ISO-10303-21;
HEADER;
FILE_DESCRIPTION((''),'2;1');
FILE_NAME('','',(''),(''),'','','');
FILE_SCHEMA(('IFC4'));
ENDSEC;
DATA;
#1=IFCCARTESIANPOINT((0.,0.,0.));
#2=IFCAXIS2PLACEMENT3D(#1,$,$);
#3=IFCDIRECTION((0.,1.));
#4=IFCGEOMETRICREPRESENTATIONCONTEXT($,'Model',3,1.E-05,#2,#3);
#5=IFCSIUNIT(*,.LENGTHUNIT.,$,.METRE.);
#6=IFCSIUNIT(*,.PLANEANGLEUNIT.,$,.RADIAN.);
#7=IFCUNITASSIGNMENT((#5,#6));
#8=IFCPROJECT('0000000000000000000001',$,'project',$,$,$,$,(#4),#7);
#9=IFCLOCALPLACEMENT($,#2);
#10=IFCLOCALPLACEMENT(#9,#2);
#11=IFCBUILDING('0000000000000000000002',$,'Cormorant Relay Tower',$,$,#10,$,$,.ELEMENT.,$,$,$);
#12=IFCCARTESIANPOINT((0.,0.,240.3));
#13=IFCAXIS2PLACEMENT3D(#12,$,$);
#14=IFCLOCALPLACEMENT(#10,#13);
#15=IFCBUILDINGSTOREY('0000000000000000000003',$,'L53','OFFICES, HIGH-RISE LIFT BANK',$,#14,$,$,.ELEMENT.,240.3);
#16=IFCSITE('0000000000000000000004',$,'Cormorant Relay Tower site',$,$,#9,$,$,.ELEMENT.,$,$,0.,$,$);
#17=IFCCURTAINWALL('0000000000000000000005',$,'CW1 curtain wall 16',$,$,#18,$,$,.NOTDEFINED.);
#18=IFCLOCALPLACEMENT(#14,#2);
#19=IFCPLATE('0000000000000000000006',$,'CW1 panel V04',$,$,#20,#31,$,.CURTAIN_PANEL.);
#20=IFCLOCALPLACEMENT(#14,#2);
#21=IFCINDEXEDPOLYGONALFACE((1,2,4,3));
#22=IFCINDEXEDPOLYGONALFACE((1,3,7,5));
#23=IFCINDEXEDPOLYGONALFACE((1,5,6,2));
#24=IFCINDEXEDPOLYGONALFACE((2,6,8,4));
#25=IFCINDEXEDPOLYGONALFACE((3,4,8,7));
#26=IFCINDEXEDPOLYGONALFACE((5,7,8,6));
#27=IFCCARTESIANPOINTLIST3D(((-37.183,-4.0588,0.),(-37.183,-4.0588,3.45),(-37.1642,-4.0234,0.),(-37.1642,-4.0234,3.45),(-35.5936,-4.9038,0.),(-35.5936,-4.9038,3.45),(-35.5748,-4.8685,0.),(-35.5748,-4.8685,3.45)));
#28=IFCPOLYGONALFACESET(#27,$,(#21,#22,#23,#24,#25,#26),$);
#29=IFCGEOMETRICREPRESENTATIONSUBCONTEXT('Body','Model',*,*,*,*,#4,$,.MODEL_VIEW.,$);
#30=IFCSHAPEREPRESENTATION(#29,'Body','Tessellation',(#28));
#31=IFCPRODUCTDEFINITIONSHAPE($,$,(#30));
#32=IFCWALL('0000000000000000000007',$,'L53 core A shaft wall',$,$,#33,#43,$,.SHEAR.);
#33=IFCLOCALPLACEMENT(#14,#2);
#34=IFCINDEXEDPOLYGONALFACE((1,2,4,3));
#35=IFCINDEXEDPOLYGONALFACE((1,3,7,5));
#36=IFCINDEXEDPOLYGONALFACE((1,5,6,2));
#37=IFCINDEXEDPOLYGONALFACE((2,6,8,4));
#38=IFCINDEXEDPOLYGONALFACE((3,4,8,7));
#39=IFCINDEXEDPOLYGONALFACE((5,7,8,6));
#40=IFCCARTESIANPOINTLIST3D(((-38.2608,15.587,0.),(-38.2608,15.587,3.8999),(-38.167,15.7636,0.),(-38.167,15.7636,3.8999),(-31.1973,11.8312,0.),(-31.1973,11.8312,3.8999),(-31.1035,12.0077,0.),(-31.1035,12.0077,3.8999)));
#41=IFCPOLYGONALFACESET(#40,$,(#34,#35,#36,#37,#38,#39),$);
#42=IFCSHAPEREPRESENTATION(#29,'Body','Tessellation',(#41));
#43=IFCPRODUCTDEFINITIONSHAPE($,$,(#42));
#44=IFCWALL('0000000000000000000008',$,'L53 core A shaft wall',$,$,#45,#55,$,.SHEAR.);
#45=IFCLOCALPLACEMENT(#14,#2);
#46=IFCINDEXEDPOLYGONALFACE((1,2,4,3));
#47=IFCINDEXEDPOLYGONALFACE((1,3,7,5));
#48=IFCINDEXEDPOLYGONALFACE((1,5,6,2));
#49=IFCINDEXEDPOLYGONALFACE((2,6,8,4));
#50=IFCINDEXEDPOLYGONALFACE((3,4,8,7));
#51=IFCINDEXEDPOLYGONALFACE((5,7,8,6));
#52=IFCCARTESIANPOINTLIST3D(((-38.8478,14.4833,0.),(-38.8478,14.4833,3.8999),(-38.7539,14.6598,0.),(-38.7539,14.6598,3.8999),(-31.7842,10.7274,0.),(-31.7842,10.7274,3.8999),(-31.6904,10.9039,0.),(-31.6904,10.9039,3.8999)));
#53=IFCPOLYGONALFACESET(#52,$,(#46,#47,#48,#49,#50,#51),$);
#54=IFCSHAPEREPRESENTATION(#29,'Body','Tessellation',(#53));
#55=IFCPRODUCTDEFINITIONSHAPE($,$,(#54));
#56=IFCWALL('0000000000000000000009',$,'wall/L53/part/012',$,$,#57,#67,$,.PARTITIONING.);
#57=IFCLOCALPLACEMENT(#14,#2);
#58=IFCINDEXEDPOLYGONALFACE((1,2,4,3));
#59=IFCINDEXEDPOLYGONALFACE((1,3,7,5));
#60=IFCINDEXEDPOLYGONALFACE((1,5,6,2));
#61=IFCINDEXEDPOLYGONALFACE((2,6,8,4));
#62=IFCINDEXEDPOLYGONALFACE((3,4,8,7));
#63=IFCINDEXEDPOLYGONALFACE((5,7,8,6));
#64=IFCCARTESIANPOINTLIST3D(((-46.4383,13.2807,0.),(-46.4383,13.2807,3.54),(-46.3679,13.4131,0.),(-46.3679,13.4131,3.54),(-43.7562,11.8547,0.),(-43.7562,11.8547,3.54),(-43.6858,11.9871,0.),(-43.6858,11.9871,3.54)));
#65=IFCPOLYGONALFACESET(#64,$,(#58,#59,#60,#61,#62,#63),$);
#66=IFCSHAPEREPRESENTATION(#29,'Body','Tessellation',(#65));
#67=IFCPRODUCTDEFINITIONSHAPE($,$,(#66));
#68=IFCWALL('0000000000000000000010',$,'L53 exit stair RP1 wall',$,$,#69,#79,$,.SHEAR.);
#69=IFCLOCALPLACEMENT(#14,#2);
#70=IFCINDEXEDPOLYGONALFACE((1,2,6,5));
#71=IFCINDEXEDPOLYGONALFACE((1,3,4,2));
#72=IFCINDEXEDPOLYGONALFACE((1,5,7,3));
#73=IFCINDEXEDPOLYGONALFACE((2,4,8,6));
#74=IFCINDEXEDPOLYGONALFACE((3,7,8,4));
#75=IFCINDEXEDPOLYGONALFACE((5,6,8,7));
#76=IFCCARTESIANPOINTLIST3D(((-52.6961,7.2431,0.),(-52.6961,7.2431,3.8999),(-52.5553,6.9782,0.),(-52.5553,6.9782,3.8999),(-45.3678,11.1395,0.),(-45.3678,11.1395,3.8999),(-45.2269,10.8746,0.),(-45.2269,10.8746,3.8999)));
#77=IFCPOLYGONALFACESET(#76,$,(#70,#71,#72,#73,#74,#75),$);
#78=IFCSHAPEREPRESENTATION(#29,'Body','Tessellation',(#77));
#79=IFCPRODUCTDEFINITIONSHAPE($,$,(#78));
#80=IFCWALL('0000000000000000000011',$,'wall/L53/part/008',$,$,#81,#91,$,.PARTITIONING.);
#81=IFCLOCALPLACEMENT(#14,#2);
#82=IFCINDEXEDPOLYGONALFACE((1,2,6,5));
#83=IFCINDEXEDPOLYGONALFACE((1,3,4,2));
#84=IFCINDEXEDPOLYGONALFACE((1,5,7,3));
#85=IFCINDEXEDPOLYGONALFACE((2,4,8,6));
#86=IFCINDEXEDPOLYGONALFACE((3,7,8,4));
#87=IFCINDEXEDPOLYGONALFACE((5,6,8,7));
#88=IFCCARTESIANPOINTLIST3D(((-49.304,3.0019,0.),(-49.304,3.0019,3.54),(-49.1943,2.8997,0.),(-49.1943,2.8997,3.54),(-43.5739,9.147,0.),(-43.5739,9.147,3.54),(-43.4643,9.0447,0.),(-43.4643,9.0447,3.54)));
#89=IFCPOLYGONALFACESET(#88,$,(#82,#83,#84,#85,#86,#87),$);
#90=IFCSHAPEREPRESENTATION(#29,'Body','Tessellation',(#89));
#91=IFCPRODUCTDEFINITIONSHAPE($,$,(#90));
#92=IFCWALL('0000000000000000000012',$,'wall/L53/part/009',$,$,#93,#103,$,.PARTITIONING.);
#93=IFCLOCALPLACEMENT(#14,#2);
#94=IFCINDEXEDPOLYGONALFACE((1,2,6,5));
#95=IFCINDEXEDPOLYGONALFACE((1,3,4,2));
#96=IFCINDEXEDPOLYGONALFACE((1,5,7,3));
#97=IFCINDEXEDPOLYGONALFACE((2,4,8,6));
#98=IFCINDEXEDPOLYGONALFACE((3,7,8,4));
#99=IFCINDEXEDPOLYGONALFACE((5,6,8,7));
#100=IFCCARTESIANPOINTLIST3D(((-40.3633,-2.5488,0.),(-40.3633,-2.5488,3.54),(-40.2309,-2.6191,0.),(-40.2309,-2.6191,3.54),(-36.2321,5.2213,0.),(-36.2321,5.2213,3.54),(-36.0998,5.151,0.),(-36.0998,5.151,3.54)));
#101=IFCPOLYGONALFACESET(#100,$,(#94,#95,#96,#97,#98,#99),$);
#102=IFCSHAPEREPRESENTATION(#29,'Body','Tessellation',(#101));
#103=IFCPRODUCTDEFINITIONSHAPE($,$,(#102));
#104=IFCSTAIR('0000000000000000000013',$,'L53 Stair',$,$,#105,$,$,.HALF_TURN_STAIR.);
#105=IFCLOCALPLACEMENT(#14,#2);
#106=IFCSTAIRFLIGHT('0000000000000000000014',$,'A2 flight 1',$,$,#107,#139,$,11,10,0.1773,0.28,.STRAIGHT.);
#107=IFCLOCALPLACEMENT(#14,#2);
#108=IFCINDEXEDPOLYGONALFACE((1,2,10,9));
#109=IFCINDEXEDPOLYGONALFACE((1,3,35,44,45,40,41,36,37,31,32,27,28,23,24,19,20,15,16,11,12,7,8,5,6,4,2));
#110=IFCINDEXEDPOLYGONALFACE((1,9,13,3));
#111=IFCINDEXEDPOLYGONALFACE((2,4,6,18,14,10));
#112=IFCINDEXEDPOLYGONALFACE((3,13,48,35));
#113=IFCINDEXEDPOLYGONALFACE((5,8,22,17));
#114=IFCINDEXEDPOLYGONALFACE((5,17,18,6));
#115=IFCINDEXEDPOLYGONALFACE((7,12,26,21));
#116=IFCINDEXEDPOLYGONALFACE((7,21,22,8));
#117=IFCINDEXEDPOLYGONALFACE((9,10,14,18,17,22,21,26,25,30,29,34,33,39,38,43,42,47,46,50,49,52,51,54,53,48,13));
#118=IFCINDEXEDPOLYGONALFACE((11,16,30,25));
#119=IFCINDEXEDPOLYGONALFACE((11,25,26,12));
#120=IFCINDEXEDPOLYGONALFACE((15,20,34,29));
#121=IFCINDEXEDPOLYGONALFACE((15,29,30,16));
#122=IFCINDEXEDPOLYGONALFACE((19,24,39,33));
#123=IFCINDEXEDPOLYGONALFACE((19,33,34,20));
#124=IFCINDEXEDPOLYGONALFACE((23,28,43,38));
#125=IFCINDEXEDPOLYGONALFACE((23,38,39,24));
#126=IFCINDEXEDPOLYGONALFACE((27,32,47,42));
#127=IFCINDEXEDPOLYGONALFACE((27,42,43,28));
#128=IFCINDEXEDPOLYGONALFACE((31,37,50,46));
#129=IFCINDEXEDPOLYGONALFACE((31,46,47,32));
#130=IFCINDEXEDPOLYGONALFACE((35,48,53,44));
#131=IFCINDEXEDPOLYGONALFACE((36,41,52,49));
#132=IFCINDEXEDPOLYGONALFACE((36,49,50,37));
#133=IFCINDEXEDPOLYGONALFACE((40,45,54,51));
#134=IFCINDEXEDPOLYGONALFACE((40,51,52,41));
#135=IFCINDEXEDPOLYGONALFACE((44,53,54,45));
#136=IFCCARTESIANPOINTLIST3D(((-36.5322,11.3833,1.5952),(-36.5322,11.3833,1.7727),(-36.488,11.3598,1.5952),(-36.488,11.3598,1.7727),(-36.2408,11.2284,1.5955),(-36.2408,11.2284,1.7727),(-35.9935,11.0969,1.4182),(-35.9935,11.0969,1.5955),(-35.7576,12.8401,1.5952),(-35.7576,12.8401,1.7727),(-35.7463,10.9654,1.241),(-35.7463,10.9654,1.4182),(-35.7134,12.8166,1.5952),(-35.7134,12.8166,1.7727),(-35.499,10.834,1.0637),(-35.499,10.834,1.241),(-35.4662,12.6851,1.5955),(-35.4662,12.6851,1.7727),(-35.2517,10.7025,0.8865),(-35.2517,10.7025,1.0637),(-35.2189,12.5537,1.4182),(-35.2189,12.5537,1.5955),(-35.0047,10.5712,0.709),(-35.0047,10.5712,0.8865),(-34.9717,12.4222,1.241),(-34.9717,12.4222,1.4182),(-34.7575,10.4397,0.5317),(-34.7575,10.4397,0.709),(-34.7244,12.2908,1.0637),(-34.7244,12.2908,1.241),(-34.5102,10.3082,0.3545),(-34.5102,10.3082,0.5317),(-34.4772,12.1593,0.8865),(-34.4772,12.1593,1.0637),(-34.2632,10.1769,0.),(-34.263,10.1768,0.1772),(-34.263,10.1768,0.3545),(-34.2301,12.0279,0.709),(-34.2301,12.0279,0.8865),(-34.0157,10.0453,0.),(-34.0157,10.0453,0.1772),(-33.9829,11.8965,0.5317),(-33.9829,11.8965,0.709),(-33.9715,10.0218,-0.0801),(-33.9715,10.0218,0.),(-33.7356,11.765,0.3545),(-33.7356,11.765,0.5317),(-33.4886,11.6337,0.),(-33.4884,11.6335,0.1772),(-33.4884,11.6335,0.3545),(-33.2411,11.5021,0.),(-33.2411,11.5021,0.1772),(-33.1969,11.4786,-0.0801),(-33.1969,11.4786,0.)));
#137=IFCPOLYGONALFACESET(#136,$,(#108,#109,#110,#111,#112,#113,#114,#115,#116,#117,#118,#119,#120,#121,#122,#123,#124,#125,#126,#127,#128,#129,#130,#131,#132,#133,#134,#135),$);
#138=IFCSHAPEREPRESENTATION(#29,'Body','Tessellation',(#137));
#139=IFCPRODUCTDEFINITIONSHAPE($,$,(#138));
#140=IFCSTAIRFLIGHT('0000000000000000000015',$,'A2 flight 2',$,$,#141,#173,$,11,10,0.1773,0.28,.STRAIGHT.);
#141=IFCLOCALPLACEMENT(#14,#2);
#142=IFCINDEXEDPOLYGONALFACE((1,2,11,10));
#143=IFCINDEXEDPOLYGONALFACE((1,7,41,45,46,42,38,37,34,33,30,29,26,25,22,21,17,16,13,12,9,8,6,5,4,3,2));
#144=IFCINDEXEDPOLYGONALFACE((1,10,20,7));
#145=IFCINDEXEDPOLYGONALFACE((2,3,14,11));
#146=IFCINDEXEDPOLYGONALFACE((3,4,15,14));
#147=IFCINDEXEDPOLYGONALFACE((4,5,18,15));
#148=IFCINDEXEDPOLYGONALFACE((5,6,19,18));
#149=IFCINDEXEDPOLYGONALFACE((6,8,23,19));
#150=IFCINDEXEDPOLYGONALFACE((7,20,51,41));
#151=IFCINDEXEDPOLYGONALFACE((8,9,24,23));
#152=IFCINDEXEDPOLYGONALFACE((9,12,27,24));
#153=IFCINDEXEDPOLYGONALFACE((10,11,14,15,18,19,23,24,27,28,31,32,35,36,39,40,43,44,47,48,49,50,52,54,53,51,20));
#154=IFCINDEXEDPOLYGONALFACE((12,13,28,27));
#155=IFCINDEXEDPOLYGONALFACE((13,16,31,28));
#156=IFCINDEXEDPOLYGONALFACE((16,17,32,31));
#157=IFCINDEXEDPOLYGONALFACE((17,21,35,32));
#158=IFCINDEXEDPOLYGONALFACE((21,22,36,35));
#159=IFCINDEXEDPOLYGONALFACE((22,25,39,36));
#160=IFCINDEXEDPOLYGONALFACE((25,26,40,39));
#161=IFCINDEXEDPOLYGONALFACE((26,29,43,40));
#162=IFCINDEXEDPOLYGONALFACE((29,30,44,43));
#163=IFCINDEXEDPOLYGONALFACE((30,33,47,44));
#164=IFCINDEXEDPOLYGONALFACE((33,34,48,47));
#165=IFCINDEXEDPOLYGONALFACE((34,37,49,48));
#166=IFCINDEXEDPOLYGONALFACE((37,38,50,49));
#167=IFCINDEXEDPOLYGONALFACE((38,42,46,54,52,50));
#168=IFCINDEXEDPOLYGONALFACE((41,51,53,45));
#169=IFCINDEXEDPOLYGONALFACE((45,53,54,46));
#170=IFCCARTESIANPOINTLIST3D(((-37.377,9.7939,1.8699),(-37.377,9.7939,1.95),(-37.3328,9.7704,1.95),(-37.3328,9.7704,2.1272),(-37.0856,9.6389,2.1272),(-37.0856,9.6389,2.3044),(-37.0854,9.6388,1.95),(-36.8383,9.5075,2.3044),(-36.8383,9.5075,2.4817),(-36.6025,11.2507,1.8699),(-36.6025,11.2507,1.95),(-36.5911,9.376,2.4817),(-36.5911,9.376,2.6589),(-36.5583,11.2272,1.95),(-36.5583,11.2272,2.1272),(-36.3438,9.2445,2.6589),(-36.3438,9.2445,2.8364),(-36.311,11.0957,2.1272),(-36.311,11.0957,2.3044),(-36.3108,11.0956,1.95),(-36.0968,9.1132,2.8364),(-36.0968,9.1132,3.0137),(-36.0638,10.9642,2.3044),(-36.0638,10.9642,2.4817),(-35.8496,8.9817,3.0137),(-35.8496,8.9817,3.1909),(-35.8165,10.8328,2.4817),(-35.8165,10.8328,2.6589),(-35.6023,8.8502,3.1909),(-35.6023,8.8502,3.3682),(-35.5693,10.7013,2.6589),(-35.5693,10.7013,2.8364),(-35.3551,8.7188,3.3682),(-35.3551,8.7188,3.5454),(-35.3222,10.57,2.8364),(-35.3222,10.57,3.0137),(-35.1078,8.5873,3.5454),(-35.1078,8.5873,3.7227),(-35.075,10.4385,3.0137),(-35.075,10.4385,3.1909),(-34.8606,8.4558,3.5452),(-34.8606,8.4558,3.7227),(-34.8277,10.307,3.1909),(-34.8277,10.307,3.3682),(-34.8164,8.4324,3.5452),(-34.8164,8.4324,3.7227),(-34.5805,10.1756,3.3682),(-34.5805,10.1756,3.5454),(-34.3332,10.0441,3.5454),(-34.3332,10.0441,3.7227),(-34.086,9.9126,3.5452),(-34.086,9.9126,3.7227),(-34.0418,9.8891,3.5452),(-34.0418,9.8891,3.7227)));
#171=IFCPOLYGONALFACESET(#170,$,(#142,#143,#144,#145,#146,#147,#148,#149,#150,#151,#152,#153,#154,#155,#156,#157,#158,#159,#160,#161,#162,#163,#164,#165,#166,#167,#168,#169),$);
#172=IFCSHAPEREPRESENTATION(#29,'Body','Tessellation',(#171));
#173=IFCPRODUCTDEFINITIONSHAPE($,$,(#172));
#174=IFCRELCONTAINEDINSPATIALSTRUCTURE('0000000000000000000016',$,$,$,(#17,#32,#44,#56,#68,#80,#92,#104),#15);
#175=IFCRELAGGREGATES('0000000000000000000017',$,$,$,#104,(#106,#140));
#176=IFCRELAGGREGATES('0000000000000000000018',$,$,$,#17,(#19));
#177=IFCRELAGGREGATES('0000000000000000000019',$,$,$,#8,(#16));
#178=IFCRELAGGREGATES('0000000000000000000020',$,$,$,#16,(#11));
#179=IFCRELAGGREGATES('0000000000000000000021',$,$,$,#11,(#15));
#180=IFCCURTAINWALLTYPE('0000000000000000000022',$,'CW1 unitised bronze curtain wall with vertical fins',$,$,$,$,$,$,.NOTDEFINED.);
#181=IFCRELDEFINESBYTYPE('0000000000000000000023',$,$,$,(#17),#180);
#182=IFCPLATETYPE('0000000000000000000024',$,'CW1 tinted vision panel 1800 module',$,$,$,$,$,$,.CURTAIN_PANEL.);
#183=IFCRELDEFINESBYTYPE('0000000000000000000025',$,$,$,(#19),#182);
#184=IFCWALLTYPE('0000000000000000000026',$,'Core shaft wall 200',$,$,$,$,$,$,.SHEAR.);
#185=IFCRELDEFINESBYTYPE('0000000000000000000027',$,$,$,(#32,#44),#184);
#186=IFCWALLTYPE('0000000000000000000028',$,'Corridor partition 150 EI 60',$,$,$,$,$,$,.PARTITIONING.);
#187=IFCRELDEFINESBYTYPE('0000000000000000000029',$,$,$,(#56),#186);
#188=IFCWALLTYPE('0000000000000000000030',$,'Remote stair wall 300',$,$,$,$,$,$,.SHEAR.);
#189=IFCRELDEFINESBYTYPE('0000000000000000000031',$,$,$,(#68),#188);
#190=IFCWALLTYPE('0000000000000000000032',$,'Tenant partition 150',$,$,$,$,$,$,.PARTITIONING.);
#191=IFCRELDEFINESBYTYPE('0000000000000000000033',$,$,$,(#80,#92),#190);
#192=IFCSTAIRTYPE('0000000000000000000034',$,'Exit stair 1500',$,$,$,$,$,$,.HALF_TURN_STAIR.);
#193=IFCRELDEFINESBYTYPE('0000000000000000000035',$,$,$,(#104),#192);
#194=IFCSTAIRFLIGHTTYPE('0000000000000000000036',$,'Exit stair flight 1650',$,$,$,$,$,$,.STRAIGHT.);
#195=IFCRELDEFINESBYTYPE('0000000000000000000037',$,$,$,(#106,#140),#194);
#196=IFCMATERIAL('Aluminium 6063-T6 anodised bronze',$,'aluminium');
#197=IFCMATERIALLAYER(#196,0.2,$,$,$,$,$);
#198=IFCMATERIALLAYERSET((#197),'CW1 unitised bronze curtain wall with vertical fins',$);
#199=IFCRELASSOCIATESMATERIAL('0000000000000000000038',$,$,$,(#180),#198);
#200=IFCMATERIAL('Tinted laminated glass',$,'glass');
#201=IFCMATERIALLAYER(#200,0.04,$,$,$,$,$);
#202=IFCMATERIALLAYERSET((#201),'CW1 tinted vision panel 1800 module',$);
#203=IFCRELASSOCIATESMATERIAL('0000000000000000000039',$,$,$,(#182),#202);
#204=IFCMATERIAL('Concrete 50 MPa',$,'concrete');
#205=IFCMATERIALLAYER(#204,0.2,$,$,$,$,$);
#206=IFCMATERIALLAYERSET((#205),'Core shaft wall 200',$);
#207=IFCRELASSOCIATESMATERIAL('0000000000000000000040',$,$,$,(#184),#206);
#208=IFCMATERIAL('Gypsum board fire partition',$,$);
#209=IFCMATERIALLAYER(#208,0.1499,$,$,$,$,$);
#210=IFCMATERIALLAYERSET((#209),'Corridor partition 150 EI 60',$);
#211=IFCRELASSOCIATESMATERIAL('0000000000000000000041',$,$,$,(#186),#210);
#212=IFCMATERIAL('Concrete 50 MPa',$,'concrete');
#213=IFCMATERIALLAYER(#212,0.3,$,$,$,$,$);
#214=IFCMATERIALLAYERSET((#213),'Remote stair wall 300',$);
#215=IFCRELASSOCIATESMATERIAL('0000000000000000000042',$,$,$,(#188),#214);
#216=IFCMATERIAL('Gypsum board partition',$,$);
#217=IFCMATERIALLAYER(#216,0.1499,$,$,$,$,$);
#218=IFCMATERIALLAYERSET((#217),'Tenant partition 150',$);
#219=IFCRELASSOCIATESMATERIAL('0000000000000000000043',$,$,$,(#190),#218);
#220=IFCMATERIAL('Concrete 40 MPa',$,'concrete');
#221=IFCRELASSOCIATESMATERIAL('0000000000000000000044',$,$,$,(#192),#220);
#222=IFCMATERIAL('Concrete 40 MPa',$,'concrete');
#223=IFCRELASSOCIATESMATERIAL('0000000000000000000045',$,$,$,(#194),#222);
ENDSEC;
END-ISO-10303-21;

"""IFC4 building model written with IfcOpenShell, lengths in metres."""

from ifc_helpers import new_model, si_unit, direction, frame, frame_2d, origin, origin_2d, place, context, subcontext, project, spatial, polyline, rectangle, outline, extrude, material, layer, layer_set, type_object, element, aggregate, save


model = new_model("IFC4")

# Units and contexts
model_context = context("Model", 3, precision=1e-05, world=origin(), true_north=direction((0.0, 1.0)))
body_context = subcontext(model_context, "Body", "Model", "MODEL_VIEW")
ifc_project = project(units=[si_unit("LENGTHUNIT", "METRE"), si_unit("PLANEANGLEUNIT", "RADIAN")], contexts=[model_context])

# Site, building, storey
site_placement = place(None, origin())
site = spatial("IfcSite", under=ifc_project, at=site_placement, Name="Cormorant Relay Tower site", CompositionType="ELEMENT", RefElevation=0.0)
building_placement = place(site_placement, origin())
building = spatial("IfcBuilding", under=site, at=building_placement, Name="Cormorant Relay Tower", CompositionType="ELEMENT")
storey_placement = place(building_placement, frame((0.0, 0.0, 240.3)))
storey = spatial("IfcBuildingStorey", under=building, at=storey_placement, Name="L53", Description="OFFICES, HIGH-RISE LIFT BANK", CompositionType="ELEMENT", Elevation=240.3)

# Curtain wall
ifc_material_1 = material(Name="Aluminium 6063-T6 anodised bronze", Category="aluminium")
ifc_layer_1 = layer(ifc_material_1, 0.2)
ifc_layer_set_1 = layer_set([ifc_layer_1], Name="CW1 unitised bronze curtain wall with vertical fins")
curtain_wall_type = type_object("IfcCurtainWallType", Name="CW1 unitised bronze curtain wall with vertical fins", PredefinedType="NOTDEFINED", material=ifc_layer_set_1)
curtain_wall_placement = place(storey_placement, origin())
curtain_wall = element("IfcCurtainWall", 1, at=curtain_wall_placement, inside=storey, type_object=curtain_wall_type, Name="CW1 curtain wall 16", PredefinedType="NOTDEFINED")

# Plate
ifc_material_2 = material(Name="Tinted laminated glass", Category="glass")
ifc_layer_2 = layer(ifc_material_2, 0.04)
ifc_layer_set_2 = layer_set([ifc_layer_2], Name="CW1 tinted vision panel 1800 module")
plate_type = type_object("IfcPlateType", Name="CW1 tinted vision panel 1800 module", PredefinedType="CURTAIN_PANEL", material=ifc_layer_set_2)
plate_1_placement = place(storey_placement, frame((-36.3789, -4.4636, 0.0), z_axis=(0.0, 0.0, 1.0), x_axis=(0.882948, -0.469472, 0.0)))
plate_1 = element("IfcPlate", 2, at=plate_1_placement, type_object=plate_type, Name="CW1 panel V04", PredefinedType="CURTAIN_PANEL", context=body_context, shape_type="SweptSolid", body=[
    extrude(rectangle(XDim=1.8, YDim=0.04, at=origin_2d()), origin(), (0.0, 0.0, 1.0), 3.45),
])

# Walls
ifc_material_3 = material(Name="Concrete 50 MPa", Category="concrete")
ifc_layer_3 = layer(ifc_material_3, 0.2)
ifc_layer_set_3 = layer_set([ifc_layer_3], Name="Core shaft wall 200")
wall_type_1 = type_object("IfcWallType", Name="Core shaft wall 200", PredefinedType="SHEAR", material=ifc_layer_set_3)
for number, where, z_axis, x_axis, name in (
    (3, (-31.1504, 11.9194, 0.0), (0.0, 0.0, 1.0), (-0.88294, 0.469485, 0.0), "L53 core A shaft wall"),
    (4, (-31.7373, 10.8157, 0.0), (0.0, 0.0, 1.0), (-0.88294, 0.469485, 0.0), "L53 core A shaft wall"),
):
    element("IfcWall", number, at=place(storey_placement, frame(where, z_axis=z_axis, x_axis=x_axis)), inside=storey, type_object=wall_type_1, Name=name, PredefinedType="SHEAR", context=body_context, shape_type="SweptSolid", body=[
        extrude(rectangle(XDim=8.0, YDim=0.2, at=frame_2d((4.0, 0.0))), origin(), (0.0, 0.0, 1.0), 3.8999),
    ])
ifc_material_4 = material(Name="Gypsum board fire partition")
ifc_layer_4 = layer(ifc_material_4, 0.1499)
ifc_layer_set_4 = layer_set([ifc_layer_4], Name="Corridor partition 150 EI 60")
wall_type_2 = type_object("IfcWallType", Name="Corridor partition 150 EI 60", PredefinedType="PARTITIONING", material=ifc_layer_set_4)
wall_1_placement = place(storey_placement, frame((-46.4031, 13.3469, 0.0), z_axis=(0.0, 0.0, 1.0), x_axis=(0.88296, -0.469449, 0.0)))
element("IfcWall", 5, at=wall_1_placement, inside=storey, type_object=wall_type_2, Name="wall/L53/part/012", PredefinedType="PARTITIONING", context=body_context, shape_type="SweptSolid", body=[
    extrude(rectangle(XDim=3.0376, YDim=0.1499, at=frame_2d((1.5188, 0.0))), origin(), (0.0, 0.0, 1.0), 3.54),
])
ifc_material_5 = material(Name="Concrete 50 MPa", Category="concrete")
ifc_layer_5 = layer(ifc_material_5, 0.3)
ifc_layer_set_5 = layer_set([ifc_layer_5], Name="Remote stair wall 300")
wall_type_3 = type_object("IfcWallType", Name="Remote stair wall 300", PredefinedType="SHEAR", material=ifc_layer_set_5)
wall_2_placement = place(storey_placement, frame((-45.2974, 11.0071, 0.0), z_axis=(0.0, 0.0, 1.0), x_axis=(-0.882952, -0.469464, 0.0)))
element("IfcWall", 6, at=wall_2_placement, inside=storey, type_object=wall_type_3, Name="L53 exit stair RP1 wall", PredefinedType="SHEAR", context=body_context, shape_type="SweptSolid", body=[
    extrude(rectangle(XDim=8.2998, YDim=0.3, at=frame_2d((4.1499, 0.0))), origin(), (0.0, 0.0, 1.0), 3.8999),
])
ifc_material_6 = material(Name="Gypsum board partition")
ifc_layer_6 = layer(ifc_material_6, 0.1499)
ifc_layer_set_6 = layer_set([ifc_layer_6], Name="Tenant partition 150")
wall_type_4 = type_object("IfcWallType", Name="Tenant partition 150", PredefinedType="PARTITIONING", material=ifc_layer_set_6)
wall_3_placement = place(storey_placement, frame((-43.519, 9.0959, 0.0), z_axis=(0.0, 0.0, 1.0), x_axis=(-0.681977, -0.731374, 0.0)))
element("IfcWall", 7, at=wall_3_placement, inside=storey, type_object=wall_type_4, Name="wall/L53/part/008", PredefinedType="PARTITIONING", context=body_context, shape_type="SweptSolid", body=[
    extrude(rectangle(XDim=8.4021, YDim=0.1499, at=frame_2d((4.2012, 0.0))), origin(), (0.0, 0.0, 1.0), 3.54),
])
wall_4_placement = place(storey_placement, frame((-36.166, 5.186, 0.0), z_axis=(0.0, 0.0, 1.0), x_axis=(-0.469446, -0.882961, 0.0)))
element("IfcWall", 8, at=wall_4_placement, inside=storey, type_object=wall_type_4, Name="wall/L53/part/009", PredefinedType="PARTITIONING", context=body_context, shape_type="SweptSolid", body=[
    extrude(rectangle(XDim=8.8, YDim=0.1499, at=frame_2d((4.3999, 0.0))), origin(), (0.0, 0.0, 1.0), 3.54),
])

# Stair, stair flights
ifc_material_7 = material(Name="Concrete 40 MPa", Category="concrete")
stair_type = type_object("IfcStairType", Name="Exit stair 1500", PredefinedType="HALF_TURN_STAIR", material=ifc_material_7)
stair_placement = place(storey_placement, origin())
stair = element("IfcStair", 9, at=stair_placement, inside=storey, type_object=stair_type, Name="L53 Stair", PredefinedType="HALF_TURN_STAIR")
ifc_material_8 = material(Name="Concrete 40 MPa", Category="concrete")
stair_flight_type = type_object("IfcStairFlightType", Name="Exit stair flight 1650", PredefinedType="STRAIGHT", material=ifc_material_8)
stair_flight_1_placement = place(storey_placement, frame((-33.6284, 10.7737, 0.0), z_axis=(0.0, 0.0, 1.0), x_axis=(-0.882948, 0.469472, 0.0)))
stair_flight_1 = element("IfcStairFlight", 10, at=stair_flight_1_placement, type_object=stair_flight_type, Name="A2 flight 1", NumberOfRisers=11, NumberOfTreads=10, PredefinedType="STRAIGHT", RiserHeight=0.1773, TreadLength=0.28, context=body_context, shape_type="SweptSolid", body=[
    extrude(outline(polyline([(-0.05, -0.0801), (-0.05, 0.0), (0.0, 0.0), (0.0, 0.1772), (0.28, 0.1772), (0.28, 0.3545), (0.5601, 0.3545), (0.5601, 0.5317), (0.8401, 0.5317), (0.8401, 0.709), (1.1201, 0.709), (1.1201, 0.8865), (1.3999, 0.8865), (1.3999, 1.0637), (1.6799, 1.0637), (1.6799, 1.241), (1.96, 1.241), (1.96, 1.4182), (2.24, 1.4182), (2.24, 1.5955), (2.52, 1.5955), (2.52, 1.7727), (2.8, 1.7727), (2.8501, 1.7727), (2.8501, 1.5952), (2.8, 1.5952), (0.2803, 0.0), (-0.05, -0.0801)])), frame((0.0, 0.825, 0.0), z_axis=(0.0, -1.0, 0.0), x_axis=(1.0, 0.0, 0.0)), (0.0, 0.0, 1.0), 1.6499),
])
stair_flight_2_placement = place(storey_placement, frame((-36.9456, 10.4988, 1.95), z_axis=(0.0, 0.0, 1.0), x_axis=(0.882948, -0.469472, 0.0)))
stair_flight_2 = element("IfcStairFlight", 11, at=stair_flight_2_placement, type_object=stair_flight_type, Name="A2 flight 2", NumberOfRisers=11, NumberOfTreads=10, PredefinedType="STRAIGHT", RiserHeight=0.1773, TreadLength=0.28, context=body_context, shape_type="SweptSolid", body=[
    extrude(outline(polyline([(-0.05, -0.0801), (-0.05, 0.0), (0.0, 0.0), (0.0, 0.1772), (0.28, 0.1772), (0.28, 0.3545), (0.5601, 0.3545), (0.5601, 0.5317), (0.8401, 0.5317), (0.8401, 0.709), (1.1201, 0.709), (1.1201, 0.8865), (1.3999, 0.8865), (1.3999, 1.0637), (1.6799, 1.0637), (1.6799, 1.241), (1.96, 1.241), (1.96, 1.4182), (2.24, 1.4182), (2.24, 1.5955), (2.52, 1.5955), (2.52, 1.7727), (2.8, 1.7727), (2.8501, 1.7727), (2.8501, 1.5952), (2.8, 1.5952), (0.2803, 0.0), (-0.05, -0.0801)])), frame((0.0, 0.825, 0.0), z_axis=(0.0, -1.0, 0.0), x_axis=(1.0, 0.0, 0.0)), (0.0, 0.0, 1.0), 1.6499),
])
aggregate(stair, [stair_flight_1, stair_flight_2])

aggregate(curtain_wall, [plate_1])

save(model, "model.ifc")
